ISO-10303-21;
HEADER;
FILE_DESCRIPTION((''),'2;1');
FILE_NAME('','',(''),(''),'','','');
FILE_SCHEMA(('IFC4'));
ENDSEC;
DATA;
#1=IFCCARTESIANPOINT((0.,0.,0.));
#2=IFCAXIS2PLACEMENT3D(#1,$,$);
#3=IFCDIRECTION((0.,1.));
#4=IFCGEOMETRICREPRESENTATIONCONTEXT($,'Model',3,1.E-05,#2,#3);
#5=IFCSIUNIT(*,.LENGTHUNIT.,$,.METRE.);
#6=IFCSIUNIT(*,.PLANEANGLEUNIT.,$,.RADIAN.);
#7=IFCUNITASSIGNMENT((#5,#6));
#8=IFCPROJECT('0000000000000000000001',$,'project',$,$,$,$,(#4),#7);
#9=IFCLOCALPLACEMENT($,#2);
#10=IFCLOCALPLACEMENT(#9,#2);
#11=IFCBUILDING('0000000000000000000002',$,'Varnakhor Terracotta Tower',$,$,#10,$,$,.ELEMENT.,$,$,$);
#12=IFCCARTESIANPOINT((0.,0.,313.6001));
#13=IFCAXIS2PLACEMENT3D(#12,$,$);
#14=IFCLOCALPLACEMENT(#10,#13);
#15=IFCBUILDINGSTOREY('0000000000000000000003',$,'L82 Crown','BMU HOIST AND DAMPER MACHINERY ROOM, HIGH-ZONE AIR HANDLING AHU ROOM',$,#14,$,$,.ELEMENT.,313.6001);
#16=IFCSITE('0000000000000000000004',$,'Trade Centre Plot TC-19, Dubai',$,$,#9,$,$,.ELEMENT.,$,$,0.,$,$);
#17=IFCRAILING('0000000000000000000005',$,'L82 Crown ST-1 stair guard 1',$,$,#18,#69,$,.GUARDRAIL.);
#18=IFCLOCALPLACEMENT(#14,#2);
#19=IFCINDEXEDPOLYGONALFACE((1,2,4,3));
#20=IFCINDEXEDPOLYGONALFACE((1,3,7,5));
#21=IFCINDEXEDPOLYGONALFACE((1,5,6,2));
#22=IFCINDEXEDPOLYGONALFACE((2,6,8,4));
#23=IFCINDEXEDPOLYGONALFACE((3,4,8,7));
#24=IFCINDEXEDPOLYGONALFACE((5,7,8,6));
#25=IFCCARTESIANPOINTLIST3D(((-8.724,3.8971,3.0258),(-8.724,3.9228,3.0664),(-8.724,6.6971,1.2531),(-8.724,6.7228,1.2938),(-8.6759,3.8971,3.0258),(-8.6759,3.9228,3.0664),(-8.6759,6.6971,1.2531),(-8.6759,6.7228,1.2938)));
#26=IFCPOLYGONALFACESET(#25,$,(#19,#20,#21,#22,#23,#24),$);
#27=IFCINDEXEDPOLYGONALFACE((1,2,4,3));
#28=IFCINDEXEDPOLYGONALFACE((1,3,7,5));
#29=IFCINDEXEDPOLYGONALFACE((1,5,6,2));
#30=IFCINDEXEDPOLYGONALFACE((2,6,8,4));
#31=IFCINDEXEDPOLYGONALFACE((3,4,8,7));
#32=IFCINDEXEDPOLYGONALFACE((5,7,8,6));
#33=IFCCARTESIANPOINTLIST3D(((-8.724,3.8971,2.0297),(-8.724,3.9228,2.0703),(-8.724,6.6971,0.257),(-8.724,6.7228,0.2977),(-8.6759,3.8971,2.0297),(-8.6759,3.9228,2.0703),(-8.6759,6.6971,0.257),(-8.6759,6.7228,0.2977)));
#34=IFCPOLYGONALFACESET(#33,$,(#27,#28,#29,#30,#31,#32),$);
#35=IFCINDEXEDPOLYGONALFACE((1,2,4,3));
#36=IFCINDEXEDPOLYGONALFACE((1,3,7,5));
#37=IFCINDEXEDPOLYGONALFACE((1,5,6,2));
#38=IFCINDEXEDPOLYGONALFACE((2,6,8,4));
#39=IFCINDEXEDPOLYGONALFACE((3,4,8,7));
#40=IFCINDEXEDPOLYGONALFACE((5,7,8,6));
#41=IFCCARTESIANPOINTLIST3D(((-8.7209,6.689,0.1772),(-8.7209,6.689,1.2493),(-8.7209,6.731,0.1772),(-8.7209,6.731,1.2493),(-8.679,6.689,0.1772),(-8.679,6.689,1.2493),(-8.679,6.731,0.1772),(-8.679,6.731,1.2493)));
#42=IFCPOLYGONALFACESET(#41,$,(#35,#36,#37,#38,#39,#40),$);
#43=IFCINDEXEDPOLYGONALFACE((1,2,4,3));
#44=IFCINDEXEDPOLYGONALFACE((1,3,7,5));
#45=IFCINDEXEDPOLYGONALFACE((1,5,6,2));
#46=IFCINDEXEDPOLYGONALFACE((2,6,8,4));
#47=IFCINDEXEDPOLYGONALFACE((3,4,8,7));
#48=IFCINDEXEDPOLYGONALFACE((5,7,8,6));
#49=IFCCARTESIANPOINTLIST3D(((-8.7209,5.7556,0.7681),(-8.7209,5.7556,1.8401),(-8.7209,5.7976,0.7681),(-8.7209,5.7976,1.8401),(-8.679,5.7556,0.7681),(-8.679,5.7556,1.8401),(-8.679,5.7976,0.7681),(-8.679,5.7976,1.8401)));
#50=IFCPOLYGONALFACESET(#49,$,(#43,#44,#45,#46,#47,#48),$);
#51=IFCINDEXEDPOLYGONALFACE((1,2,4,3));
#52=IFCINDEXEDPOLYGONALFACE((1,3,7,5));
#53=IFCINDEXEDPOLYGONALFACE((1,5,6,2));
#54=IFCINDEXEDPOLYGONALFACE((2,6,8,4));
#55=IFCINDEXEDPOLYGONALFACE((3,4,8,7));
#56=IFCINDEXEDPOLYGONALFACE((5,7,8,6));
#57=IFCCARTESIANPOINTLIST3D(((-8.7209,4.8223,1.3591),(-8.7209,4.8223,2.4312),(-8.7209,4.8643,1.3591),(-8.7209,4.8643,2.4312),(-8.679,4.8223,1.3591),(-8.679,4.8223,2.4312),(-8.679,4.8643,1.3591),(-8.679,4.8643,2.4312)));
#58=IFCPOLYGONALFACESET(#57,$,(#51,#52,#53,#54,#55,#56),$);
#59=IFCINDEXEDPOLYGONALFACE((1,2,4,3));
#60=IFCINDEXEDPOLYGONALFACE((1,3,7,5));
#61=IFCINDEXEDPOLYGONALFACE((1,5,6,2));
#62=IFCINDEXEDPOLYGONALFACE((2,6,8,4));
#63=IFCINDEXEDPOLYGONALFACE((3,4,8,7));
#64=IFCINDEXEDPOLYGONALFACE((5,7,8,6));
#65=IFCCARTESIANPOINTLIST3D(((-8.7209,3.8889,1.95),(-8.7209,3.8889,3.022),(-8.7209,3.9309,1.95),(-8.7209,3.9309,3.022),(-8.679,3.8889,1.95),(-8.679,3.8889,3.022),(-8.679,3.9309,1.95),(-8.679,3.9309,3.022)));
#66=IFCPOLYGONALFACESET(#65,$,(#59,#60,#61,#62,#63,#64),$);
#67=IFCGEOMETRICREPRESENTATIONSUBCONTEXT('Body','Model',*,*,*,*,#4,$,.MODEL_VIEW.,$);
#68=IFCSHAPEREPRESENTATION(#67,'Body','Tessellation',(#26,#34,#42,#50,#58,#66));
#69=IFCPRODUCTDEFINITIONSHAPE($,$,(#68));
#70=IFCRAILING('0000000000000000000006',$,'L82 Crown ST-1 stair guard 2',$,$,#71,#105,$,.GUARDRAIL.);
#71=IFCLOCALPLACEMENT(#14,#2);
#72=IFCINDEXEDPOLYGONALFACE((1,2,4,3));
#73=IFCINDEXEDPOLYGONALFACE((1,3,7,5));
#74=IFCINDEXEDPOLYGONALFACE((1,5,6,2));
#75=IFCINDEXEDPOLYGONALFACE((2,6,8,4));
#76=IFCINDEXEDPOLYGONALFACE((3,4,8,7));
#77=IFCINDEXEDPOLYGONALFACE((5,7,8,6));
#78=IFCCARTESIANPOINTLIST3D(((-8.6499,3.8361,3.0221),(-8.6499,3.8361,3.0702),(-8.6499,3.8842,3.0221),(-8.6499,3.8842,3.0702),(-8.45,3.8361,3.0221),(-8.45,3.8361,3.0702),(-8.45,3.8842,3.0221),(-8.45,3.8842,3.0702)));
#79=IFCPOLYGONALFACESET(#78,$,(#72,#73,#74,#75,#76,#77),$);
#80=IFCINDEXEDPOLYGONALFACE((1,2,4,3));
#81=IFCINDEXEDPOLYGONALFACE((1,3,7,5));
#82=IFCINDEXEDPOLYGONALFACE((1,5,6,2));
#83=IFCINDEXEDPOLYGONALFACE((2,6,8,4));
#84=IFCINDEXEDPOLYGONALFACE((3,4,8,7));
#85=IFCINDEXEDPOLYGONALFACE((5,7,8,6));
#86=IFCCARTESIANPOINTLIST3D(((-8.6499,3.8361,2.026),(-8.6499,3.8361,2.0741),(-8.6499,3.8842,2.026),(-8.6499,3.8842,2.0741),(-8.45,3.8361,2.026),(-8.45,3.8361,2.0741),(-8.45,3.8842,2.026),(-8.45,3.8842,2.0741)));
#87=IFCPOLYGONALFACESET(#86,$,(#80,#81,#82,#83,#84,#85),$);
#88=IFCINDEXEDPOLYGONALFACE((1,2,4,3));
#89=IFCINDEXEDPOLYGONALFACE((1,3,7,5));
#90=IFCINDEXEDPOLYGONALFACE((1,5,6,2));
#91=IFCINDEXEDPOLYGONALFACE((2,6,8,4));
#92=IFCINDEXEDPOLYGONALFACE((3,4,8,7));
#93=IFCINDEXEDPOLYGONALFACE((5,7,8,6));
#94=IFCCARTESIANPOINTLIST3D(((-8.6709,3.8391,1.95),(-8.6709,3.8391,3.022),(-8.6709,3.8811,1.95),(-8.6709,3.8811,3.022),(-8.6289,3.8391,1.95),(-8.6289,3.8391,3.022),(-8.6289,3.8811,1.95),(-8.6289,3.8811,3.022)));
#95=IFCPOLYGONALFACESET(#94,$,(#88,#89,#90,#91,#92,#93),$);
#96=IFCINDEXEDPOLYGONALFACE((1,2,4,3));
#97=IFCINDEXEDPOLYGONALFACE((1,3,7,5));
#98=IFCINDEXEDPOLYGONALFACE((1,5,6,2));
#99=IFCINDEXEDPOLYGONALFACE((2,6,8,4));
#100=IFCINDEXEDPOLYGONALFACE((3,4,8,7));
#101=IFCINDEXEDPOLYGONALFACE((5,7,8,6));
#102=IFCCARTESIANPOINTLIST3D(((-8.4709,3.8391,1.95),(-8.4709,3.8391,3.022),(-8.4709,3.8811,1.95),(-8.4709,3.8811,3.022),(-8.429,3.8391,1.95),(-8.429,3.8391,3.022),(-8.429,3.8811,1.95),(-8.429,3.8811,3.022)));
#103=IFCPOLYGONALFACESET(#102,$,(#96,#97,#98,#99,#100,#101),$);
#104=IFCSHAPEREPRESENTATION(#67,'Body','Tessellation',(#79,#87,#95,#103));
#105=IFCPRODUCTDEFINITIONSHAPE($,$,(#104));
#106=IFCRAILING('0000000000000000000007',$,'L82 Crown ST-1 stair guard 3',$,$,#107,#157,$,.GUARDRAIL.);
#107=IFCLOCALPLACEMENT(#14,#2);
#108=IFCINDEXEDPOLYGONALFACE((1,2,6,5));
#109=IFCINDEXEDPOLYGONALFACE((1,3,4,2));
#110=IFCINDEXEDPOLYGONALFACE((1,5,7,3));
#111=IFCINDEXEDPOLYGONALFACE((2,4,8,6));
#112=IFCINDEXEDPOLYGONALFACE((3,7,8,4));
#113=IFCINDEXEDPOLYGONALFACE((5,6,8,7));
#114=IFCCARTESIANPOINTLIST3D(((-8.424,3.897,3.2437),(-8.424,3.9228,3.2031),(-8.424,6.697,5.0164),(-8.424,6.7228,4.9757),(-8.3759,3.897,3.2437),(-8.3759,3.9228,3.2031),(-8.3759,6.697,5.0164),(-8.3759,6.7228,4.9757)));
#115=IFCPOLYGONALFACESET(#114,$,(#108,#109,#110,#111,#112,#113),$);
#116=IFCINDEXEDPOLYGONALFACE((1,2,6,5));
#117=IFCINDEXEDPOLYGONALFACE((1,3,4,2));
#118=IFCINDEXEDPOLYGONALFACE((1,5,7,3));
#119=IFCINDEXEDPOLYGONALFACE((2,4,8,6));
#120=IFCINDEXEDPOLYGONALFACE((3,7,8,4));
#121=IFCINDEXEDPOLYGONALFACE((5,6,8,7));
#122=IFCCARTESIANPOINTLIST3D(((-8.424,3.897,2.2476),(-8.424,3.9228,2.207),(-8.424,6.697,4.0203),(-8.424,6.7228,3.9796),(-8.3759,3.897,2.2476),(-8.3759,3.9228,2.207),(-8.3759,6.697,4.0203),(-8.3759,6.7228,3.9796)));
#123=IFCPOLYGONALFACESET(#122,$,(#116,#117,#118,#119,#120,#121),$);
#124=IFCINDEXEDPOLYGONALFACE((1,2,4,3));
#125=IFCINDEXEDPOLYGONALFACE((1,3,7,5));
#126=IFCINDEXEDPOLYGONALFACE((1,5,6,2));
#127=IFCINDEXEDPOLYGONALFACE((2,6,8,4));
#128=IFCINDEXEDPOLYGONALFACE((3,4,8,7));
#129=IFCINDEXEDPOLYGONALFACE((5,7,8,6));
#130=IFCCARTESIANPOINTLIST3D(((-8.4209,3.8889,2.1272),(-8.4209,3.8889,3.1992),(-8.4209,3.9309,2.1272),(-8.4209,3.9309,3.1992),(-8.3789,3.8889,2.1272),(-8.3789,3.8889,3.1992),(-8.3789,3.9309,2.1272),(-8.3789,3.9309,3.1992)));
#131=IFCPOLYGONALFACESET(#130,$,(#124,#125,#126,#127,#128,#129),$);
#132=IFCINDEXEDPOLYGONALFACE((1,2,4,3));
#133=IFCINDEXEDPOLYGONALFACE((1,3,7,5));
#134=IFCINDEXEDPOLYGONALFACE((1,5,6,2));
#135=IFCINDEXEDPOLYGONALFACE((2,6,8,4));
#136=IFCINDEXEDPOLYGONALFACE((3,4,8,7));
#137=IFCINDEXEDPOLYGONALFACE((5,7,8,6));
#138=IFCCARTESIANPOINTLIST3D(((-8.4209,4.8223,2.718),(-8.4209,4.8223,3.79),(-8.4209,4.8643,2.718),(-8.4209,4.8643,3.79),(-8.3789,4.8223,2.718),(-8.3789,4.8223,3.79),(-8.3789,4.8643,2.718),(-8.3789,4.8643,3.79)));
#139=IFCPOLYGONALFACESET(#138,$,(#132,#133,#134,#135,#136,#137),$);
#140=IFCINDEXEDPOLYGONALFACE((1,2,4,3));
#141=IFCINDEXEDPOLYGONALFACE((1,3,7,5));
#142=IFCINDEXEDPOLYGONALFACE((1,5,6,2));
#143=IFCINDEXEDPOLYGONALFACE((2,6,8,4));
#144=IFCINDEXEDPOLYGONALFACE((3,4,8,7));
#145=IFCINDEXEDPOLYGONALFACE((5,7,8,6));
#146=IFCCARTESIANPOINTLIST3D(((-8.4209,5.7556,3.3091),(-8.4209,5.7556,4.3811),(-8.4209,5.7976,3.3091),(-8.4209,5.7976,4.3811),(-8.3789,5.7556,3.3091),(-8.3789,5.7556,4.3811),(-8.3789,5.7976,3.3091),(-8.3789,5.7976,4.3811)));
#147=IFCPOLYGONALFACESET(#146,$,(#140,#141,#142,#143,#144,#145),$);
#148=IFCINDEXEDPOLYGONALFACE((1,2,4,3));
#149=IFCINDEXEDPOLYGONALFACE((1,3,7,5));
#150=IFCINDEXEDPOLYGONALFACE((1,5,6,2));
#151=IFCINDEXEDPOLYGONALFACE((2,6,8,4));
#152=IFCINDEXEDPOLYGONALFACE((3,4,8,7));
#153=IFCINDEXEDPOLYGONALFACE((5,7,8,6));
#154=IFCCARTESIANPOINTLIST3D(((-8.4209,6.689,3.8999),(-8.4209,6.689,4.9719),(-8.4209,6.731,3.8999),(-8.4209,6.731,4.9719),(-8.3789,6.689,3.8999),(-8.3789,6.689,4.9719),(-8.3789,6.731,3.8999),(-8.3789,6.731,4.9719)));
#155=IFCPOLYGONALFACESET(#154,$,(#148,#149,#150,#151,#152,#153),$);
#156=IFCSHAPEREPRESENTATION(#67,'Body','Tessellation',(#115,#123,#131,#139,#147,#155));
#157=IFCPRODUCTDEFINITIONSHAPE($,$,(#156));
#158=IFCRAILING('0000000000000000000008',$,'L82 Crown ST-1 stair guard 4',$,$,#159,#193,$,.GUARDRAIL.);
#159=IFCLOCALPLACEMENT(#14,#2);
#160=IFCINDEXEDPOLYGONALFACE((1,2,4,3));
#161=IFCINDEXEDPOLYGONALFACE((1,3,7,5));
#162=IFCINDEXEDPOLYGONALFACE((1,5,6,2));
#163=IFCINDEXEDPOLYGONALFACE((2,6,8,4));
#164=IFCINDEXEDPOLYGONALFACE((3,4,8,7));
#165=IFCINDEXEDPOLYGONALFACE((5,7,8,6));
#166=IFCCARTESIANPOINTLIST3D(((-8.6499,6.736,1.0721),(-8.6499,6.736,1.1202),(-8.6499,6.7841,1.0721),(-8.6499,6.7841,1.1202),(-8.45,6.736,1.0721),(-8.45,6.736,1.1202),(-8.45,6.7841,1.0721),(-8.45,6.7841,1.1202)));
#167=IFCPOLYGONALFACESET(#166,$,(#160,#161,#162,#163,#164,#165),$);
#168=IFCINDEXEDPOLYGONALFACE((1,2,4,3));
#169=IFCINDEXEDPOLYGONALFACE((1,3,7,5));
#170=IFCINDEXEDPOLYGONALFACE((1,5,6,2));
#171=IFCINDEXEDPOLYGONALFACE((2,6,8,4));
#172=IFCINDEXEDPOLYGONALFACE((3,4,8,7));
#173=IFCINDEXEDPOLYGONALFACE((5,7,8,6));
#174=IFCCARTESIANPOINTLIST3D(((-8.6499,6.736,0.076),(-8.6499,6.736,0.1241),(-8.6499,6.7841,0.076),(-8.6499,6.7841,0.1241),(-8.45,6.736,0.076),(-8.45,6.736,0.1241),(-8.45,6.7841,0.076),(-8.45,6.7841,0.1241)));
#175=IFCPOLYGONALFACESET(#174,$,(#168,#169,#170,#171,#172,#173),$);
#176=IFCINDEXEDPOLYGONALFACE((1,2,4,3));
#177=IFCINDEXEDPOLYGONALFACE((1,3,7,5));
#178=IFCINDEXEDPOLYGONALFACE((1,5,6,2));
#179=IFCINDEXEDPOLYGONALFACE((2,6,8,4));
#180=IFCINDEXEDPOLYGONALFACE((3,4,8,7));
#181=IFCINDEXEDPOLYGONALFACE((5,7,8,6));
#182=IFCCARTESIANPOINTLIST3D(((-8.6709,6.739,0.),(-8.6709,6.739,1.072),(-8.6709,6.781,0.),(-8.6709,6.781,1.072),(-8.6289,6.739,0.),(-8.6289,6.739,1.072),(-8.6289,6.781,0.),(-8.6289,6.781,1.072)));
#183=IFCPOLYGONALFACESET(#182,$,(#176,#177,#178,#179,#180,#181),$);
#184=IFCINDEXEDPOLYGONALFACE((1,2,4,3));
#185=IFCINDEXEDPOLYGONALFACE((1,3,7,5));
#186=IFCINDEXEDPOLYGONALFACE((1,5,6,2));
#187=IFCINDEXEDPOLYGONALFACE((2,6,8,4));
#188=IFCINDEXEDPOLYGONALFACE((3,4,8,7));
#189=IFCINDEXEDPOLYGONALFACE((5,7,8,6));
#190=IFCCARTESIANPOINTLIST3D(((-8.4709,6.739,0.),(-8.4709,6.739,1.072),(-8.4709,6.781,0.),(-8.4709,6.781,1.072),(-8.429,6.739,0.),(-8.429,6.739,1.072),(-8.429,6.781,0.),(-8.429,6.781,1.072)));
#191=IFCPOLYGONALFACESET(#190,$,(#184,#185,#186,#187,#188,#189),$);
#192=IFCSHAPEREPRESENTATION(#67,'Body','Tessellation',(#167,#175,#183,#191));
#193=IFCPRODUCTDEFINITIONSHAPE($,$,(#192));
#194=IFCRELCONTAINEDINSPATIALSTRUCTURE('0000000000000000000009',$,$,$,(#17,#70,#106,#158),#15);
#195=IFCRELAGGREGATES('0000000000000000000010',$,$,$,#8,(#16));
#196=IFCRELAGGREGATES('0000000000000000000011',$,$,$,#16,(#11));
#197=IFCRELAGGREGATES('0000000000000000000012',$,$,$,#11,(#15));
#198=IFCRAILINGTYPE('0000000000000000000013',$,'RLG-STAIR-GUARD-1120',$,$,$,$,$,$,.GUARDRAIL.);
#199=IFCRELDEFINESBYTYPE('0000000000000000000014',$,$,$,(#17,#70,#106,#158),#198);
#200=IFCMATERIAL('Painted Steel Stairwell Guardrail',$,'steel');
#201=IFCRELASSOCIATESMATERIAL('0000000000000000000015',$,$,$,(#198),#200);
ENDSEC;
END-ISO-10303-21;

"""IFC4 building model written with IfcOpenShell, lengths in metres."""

from ifc_helpers import new_model, si_unit, direction, frame, origin, origin_2d, place, context, subcontext, project, spatial, rectangle, extrude, material, type_object, element, save


model = new_model("IFC4")

# Units and contexts
model_context = context("Model", 3, precision=1e-05, world=origin(), true_north=direction((0.0, 1.0)))
body_context = subcontext(model_context, "Body", "Model", "MODEL_VIEW")
ifc_project = project(units=[si_unit("LENGTHUNIT", "METRE"), si_unit("PLANEANGLEUNIT", "RADIAN")], contexts=[model_context])

# Site, building, storey
site_placement = place(None, origin())
site = spatial("IfcSite", under=ifc_project, at=site_placement, Name="Trade Centre Plot TC-19, Dubai", CompositionType="ELEMENT", RefElevation=0.0)
building_placement = place(site_placement, origin())
building = spatial("IfcBuilding", under=site, at=building_placement, Name="Varnakhor Terracotta Tower", CompositionType="ELEMENT")
storey_placement = place(building_placement, frame((0.0, 0.0, 313.6001)))
storey = spatial("IfcBuildingStorey", under=building, at=storey_placement, Name="L82 Crown", Description="BMU HOIST AND DAMPER MACHINERY ROOM, HIGH-ZONE AIR HANDLING AHU ROOM", CompositionType="ELEMENT", Elevation=313.6001)

# Railings
ifc_material_1 = material(Name="Painted Steel Stairwell Guardrail", Category="steel")
railing_type_1 = type_object("IfcRailingType", Name="RLG-STAIR-GUARD-1120", PredefinedType="GUARDRAIL", material=ifc_material_1)
railing_1_placement = place(storey_placement, frame((-8.7, 6.71, 0.1772)))
element("IfcRailing", 1, at=railing_1_placement, inside=storey, type_object=railing_type_1, Name="L82 Crown ST-1 stair guard 1", PredefinedType="GUARDRAIL", context=body_context, shape_type="SweptSolid", body=[
    extrude(rectangle(XDim=0.0481, YDim=0.0481, at=origin_2d()), frame((0.0, 0.0, 1.0962), z_axis=(0.0, -0.844909, 0.53491), x_axis=(1.0, 0.0, 0.0)), (0.0, 0.0, 1.0), 3.314),
    extrude(rectangle(XDim=0.0481, YDim=0.0481, at=origin_2d()), frame((0.0, 0.0, 0.1001), z_axis=(0.0, -0.844909, 0.53491), x_axis=(1.0, 0.0, 0.0)), (0.0, 0.0, 1.0), 3.314),
    extrude(rectangle(XDim=0.042, YDim=0.042, at=origin_2d()), origin(), (0.0, 0.0, 1.0), 1.072),
    extrude(rectangle(XDim=0.042, YDim=0.042, at=origin_2d()), frame((0.0, -0.9333, 0.5908)), (0.0, 0.0, 1.0), 1.072),
    extrude(rectangle(XDim=0.042, YDim=0.042, at=origin_2d()), frame((0.0, -1.8667, 1.1819)), (0.0, 0.0, 1.0), 1.072),
    extrude(rectangle(XDim=0.042, YDim=0.042, at=origin_2d()), frame((0.0, -2.8, 1.7727)), (0.0, 0.0, 1.0), 1.072),
])
railing_2_placement = place(storey_placement, frame((-8.6499, 3.8601, 1.95)))
element("IfcRailing", 2, at=railing_2_placement, inside=storey, type_object=railing_type_1, Name="L82 Crown ST-1 stair guard 2", PredefinedType="GUARDRAIL", context=body_context, shape_type="SweptSolid", body=[
    extrude(rectangle(XDim=0.0481, YDim=0.0481, at=origin_2d()), frame((0.0, 0.0, 1.0962), z_axis=(1.0, 0.0, 0.0), x_axis=(0.0, 1.0, 0.0)), (0.0, 0.0, 1.0), 0.2),
    extrude(rectangle(XDim=0.0481, YDim=0.0481, at=origin_2d()), frame((0.0, 0.0, 0.1001), z_axis=(1.0, 0.0, 0.0), x_axis=(0.0, 1.0, 0.0)), (0.0, 0.0, 1.0), 0.2),
    extrude(rectangle(XDim=0.042, YDim=0.042, at=origin_2d()), origin(), (0.0, 0.0, 1.0), 1.072),
    extrude(rectangle(XDim=0.042, YDim=0.042, at=origin_2d()), frame((0.2, 0.0, 0.0)), (0.0, 0.0, 1.0), 1.072),
])
railing_3_placement = place(storey_placement, frame((-8.3999, 3.9099, 2.1272)))
element("IfcRailing", 3, at=railing_3_placement, inside=storey, type_object=railing_type_1, Name="L82 Crown ST-1 stair guard 3", PredefinedType="GUARDRAIL", context=body_context, shape_type="SweptSolid", body=[
    extrude(rectangle(XDim=0.0481, YDim=0.0481, at=origin_2d()), frame((0.0, 0.0, 1.0962), z_axis=(0.0, 0.844909, 0.53491), x_axis=(-1.0, 0.0, 0.0)), (0.0, 0.0, 1.0), 3.314),
    extrude(rectangle(XDim=0.0481, YDim=0.0481, at=origin_2d()), frame((0.0, 0.0, 0.1001), z_axis=(0.0, 0.844909, 0.53491), x_axis=(-1.0, 0.0, 0.0)), (0.0, 0.0, 1.0), 3.314),
    extrude(rectangle(XDim=0.042, YDim=0.042, at=origin_2d()), origin(), (0.0, 0.0, 1.0), 1.072),
    extrude(rectangle(XDim=0.042, YDim=0.042, at=origin_2d()), frame((0.0, 0.9333, 0.5908)), (0.0, 0.0, 1.0), 1.072),
    extrude(rectangle(XDim=0.042, YDim=0.042, at=origin_2d()), frame((0.0, 1.8667, 1.1819)), (0.0, 0.0, 1.0), 1.072),
    extrude(rectangle(XDim=0.042, YDim=0.042, at=origin_2d()), frame((0.0, 2.8, 1.7727)), (0.0, 0.0, 1.0), 1.072),
])
railing_4_placement = place(storey_placement, frame((-8.6499, 6.76, 0.0)))
element("IfcRailing", 4, at=railing_4_placement, inside=storey, type_object=railing_type_1, Name="L82 Crown ST-1 stair guard 4", PredefinedType="GUARDRAIL", context=body_context, shape_type="SweptSolid", body=[
    extrude(rectangle(XDim=0.0481, YDim=0.0481, at=origin_2d()), frame((0.0, 0.0, 1.0962), z_axis=(1.0, 0.0, 0.0), x_axis=(0.0, 1.0, 0.0)), (0.0, 0.0, 1.0), 0.2),
    extrude(rectangle(XDim=0.0481, YDim=0.0481, at=origin_2d()), frame((0.0, 0.0, 0.1001), z_axis=(1.0, 0.0, 0.0), x_axis=(0.0, 1.0, 0.0)), (0.0, 0.0, 1.0), 0.2),
    extrude(rectangle(XDim=0.042, YDim=0.042, at=origin_2d()), origin(), (0.0, 0.0, 1.0), 1.072),
    extrude(rectangle(XDim=0.042, YDim=0.042, at=origin_2d()), frame((0.2, 0.0, 0.0)), (0.0, 0.0, 1.0), 1.072),
])

save(model, "model.ifc")
